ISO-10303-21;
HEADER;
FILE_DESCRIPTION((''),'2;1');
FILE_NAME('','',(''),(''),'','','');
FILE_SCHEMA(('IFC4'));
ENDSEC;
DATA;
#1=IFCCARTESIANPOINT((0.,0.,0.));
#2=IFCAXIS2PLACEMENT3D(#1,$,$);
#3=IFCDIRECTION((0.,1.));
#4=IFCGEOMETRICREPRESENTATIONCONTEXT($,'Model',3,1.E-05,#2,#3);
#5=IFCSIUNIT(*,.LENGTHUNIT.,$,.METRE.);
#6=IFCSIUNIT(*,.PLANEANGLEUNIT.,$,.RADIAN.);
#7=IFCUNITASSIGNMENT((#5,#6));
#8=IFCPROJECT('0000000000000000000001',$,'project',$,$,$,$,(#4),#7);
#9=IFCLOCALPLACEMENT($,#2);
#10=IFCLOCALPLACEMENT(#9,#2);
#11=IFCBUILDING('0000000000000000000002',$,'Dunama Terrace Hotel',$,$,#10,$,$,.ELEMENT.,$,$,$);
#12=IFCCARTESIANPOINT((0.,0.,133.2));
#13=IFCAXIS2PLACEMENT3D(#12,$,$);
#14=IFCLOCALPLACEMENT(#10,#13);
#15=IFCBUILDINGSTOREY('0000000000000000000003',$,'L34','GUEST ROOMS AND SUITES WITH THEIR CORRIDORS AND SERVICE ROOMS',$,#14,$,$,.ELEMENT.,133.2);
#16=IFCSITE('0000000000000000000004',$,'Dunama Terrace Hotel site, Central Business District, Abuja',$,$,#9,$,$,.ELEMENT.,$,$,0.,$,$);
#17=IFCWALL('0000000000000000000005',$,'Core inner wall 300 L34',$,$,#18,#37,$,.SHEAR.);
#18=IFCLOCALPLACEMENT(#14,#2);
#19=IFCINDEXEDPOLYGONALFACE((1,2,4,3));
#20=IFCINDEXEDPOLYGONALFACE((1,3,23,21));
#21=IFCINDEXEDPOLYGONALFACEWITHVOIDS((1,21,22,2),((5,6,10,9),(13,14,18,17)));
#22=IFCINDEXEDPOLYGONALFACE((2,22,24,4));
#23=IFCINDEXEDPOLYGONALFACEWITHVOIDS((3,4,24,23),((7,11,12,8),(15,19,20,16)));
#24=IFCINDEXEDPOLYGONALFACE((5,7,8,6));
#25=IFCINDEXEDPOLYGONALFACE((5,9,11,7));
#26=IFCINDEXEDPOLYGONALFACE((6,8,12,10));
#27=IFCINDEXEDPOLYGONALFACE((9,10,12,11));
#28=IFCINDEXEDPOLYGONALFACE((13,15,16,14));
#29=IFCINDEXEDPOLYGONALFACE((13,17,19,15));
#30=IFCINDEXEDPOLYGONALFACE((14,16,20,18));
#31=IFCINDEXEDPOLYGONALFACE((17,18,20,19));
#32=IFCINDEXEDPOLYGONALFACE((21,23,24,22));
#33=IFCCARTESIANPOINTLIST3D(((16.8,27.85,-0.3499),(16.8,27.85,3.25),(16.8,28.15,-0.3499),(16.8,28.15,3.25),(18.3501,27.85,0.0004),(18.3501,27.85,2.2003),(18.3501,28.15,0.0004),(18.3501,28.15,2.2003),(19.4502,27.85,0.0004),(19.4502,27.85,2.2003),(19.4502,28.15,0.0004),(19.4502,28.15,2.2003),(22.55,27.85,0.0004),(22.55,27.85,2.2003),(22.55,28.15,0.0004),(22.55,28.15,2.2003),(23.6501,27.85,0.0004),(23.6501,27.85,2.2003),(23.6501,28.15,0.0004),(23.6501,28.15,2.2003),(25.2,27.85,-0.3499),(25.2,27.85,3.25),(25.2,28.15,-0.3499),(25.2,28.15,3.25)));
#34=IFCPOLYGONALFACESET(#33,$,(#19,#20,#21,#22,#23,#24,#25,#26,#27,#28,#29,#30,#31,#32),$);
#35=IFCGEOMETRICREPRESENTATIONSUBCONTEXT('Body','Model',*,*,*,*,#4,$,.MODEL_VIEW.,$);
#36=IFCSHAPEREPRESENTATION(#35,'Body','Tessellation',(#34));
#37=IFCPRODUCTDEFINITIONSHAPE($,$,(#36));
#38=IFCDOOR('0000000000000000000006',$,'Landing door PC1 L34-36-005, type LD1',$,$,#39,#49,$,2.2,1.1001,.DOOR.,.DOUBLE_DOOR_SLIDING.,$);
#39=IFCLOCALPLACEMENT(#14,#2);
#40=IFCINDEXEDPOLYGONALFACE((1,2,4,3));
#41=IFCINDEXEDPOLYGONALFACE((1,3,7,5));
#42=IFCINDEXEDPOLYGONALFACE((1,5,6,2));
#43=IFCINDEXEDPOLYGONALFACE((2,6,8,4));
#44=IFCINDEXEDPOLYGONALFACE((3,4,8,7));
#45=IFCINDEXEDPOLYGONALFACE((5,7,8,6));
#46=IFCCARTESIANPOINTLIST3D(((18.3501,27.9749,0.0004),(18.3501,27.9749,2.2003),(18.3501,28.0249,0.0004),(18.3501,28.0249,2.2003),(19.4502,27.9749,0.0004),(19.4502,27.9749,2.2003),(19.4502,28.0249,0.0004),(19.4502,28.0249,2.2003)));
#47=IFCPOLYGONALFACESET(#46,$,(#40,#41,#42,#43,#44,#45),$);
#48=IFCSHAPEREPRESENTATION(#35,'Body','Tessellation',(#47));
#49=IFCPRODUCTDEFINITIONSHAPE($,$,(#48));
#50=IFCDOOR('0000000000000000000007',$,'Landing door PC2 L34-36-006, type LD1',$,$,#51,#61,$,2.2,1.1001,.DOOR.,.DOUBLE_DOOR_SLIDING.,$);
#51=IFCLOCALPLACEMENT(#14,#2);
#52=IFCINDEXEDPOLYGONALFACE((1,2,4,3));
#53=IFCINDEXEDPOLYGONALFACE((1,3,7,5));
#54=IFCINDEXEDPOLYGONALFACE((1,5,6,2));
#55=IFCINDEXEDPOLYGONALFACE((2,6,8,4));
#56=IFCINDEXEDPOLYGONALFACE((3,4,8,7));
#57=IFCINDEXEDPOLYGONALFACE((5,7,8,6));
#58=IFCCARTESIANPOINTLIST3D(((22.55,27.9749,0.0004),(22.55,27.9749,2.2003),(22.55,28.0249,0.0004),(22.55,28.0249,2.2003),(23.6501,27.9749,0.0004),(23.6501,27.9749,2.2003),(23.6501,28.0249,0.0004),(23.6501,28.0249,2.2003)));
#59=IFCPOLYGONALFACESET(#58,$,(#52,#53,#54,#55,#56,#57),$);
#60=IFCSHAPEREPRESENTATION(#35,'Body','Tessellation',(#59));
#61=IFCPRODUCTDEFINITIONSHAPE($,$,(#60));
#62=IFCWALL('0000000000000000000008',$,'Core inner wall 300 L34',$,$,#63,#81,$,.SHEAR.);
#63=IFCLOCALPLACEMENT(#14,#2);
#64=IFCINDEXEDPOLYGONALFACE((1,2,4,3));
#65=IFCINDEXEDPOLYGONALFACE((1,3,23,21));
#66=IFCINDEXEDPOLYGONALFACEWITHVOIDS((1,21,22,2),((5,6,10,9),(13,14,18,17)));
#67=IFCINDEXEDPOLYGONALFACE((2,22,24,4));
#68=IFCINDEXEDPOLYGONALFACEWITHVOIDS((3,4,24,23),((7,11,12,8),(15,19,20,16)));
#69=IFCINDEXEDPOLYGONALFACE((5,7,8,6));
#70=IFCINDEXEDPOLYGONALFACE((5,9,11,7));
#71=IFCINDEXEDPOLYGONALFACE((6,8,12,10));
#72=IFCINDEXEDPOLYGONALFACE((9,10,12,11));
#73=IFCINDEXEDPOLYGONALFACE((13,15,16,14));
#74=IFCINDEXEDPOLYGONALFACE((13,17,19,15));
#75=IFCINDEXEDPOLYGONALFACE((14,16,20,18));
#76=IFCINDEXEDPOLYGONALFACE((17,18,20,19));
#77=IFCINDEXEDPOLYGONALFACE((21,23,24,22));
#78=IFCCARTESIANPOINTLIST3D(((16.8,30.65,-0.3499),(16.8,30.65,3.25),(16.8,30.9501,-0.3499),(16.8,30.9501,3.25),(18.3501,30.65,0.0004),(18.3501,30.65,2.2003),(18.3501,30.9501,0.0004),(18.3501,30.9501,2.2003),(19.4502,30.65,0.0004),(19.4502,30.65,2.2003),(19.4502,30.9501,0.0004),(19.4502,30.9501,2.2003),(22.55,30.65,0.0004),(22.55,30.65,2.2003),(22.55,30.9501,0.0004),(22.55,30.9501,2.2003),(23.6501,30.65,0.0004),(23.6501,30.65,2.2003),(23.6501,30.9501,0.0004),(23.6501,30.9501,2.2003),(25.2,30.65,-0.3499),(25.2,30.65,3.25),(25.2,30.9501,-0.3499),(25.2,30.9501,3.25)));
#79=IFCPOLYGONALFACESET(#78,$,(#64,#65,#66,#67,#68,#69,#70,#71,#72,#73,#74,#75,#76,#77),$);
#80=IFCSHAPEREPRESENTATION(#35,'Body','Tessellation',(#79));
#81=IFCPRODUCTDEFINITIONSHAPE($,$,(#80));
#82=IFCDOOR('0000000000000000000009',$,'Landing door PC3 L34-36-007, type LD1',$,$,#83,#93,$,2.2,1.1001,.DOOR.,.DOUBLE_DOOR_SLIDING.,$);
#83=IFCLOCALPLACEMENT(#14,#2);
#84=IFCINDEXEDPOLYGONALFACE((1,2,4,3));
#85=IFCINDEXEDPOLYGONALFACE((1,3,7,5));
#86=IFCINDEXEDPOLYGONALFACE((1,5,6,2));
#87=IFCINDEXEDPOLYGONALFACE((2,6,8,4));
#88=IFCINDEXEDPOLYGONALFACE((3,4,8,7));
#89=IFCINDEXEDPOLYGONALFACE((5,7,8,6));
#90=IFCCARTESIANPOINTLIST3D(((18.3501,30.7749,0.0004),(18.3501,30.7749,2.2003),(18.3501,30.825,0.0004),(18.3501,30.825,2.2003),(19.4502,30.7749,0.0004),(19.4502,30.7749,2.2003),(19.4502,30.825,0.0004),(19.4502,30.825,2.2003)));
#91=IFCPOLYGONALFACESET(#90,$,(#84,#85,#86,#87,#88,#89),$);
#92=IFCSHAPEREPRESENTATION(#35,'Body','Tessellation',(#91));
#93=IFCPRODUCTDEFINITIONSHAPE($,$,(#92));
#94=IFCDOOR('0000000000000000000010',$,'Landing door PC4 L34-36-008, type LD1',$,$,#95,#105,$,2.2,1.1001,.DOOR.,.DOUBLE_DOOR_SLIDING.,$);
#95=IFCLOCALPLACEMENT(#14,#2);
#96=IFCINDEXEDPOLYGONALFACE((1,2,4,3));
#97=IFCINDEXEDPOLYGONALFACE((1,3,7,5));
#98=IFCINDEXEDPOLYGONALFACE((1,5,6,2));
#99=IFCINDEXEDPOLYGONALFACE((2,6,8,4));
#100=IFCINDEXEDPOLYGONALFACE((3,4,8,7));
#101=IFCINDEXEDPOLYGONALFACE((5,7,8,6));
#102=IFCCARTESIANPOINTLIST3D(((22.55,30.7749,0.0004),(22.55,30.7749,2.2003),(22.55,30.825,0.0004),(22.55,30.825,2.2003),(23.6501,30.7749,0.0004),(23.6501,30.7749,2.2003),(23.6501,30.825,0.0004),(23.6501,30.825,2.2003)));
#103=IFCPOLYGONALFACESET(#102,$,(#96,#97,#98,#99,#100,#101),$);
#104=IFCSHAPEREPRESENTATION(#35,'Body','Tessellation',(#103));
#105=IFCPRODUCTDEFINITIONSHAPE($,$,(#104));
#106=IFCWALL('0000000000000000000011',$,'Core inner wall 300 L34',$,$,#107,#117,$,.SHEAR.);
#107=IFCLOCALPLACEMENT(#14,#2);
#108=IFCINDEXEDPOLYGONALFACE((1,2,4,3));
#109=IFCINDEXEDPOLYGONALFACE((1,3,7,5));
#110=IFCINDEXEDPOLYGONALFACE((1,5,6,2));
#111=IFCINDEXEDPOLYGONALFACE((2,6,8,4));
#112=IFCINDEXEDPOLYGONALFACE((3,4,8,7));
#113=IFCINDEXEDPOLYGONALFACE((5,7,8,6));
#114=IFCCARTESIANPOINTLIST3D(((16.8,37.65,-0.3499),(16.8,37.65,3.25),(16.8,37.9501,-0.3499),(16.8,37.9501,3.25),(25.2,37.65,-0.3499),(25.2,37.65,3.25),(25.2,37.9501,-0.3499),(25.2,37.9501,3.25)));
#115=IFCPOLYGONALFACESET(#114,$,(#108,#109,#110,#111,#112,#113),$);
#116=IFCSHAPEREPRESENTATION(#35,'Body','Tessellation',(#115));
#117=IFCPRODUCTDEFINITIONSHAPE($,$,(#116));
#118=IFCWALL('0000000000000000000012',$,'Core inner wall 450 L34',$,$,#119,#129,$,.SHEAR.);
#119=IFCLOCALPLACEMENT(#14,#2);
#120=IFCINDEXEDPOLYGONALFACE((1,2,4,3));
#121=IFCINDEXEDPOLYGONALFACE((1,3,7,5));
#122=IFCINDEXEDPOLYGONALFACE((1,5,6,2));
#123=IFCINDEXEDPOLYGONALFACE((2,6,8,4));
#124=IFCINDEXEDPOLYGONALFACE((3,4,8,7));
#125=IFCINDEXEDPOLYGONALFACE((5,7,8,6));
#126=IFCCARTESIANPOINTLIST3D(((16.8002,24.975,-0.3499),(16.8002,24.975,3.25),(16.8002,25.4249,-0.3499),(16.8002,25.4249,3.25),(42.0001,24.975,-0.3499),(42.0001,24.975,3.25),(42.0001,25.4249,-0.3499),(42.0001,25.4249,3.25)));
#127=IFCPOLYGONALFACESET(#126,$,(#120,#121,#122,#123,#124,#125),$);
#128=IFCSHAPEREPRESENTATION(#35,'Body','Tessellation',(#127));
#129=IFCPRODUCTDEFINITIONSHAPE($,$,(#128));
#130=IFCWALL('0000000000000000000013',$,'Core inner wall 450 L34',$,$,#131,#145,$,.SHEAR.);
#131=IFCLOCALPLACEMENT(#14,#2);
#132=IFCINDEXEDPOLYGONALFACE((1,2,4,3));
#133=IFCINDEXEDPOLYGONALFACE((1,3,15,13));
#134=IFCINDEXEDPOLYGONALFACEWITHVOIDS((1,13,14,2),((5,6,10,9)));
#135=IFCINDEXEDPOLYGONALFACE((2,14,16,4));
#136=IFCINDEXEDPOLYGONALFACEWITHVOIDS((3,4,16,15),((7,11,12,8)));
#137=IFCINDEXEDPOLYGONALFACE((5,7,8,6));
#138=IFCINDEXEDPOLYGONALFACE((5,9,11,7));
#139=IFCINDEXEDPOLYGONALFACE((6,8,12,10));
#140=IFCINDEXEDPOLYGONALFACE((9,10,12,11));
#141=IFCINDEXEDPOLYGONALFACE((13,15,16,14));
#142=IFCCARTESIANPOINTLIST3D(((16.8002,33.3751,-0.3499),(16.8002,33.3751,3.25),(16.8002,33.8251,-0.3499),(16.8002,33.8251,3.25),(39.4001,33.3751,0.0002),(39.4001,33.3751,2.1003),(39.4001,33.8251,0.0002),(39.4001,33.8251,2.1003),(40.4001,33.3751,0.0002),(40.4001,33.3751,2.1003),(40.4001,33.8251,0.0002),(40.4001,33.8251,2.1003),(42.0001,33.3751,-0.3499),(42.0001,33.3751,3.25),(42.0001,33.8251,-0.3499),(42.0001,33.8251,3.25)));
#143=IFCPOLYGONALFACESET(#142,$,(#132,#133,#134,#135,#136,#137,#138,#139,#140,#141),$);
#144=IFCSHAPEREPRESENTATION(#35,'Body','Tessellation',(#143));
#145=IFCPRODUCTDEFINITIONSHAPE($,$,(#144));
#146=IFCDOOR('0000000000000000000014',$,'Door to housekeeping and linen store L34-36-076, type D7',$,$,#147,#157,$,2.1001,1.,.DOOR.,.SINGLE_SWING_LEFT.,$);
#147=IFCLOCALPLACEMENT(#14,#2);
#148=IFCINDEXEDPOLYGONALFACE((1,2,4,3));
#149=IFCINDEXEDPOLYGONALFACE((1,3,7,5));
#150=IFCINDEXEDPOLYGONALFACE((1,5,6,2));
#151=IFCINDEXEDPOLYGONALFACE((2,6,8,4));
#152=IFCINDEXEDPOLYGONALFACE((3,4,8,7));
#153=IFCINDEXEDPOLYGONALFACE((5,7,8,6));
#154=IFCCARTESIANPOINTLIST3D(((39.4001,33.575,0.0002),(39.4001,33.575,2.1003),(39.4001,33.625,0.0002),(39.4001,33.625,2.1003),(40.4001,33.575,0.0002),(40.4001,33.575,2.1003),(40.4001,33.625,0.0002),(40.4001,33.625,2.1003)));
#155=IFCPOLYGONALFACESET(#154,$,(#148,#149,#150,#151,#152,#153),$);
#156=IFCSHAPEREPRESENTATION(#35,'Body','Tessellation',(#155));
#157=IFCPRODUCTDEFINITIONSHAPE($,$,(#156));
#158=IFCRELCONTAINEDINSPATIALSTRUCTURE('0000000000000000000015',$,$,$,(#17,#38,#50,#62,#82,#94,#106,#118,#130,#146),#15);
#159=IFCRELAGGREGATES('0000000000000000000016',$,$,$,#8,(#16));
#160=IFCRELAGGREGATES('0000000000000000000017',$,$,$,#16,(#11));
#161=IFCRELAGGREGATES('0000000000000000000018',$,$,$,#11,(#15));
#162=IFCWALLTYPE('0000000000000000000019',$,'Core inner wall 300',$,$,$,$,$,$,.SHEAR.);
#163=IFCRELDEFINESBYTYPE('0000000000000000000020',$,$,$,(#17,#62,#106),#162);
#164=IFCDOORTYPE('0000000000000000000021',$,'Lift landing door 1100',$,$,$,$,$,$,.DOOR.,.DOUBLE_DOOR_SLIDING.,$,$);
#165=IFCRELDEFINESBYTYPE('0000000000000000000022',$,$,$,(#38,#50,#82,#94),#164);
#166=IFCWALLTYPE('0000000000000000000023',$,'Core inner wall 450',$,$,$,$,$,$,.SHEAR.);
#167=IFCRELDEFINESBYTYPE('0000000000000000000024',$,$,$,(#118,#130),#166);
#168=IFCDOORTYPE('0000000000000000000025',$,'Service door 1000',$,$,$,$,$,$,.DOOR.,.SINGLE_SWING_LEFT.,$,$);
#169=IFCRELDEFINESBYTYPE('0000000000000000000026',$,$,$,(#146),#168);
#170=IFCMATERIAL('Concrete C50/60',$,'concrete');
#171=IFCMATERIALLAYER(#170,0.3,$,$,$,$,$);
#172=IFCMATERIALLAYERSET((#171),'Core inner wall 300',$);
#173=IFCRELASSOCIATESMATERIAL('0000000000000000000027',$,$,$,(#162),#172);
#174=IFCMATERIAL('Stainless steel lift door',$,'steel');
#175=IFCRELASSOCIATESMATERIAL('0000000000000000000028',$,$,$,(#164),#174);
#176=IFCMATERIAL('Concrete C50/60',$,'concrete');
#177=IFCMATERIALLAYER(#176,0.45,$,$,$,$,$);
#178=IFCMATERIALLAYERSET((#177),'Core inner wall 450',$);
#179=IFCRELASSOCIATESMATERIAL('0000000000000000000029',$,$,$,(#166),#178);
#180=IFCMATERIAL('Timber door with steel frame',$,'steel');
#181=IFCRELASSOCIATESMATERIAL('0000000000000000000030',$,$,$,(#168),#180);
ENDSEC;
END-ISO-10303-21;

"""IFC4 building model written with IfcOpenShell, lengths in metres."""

from ifc_helpers import new_model, si_unit, direction, frame, frame_2d, origin, place, context, subcontext, project, spatial, rectangle, extrude, material, layer, layer_set, type_object, element, fill, save


model = new_model("IFC4")

# Units and contexts
model_context = context("Model", 3, precision=1e-05, world=origin(), true_north=direction((0.0, 1.0)))
body_context = subcontext(model_context, "Body", "Model", "MODEL_VIEW")
ifc_project = project(units=[si_unit("LENGTHUNIT", "METRE"), si_unit("PLANEANGLEUNIT", "RADIAN")], contexts=[model_context])

# Site, building, storey
site_placement = place(None, origin())
site = spatial("IfcSite", under=ifc_project, at=site_placement, Name="Dunama Terrace Hotel site, Central Business District, Abuja", CompositionType="ELEMENT", RefElevation=0.0)
building_placement = place(site_placement, origin())
building = spatial("IfcBuilding", under=site, at=building_placement, Name="Dunama Terrace Hotel", CompositionType="ELEMENT")
storey_placement = place(building_placement, frame((0.0, 0.0, 133.2)))
storey = spatial("IfcBuildingStorey", under=building, at=storey_placement, Name="L34", Description="GUEST ROOMS AND SUITES WITH THEIR CORRIDORS AND SERVICE ROOMS", CompositionType="ELEMENT", Elevation=133.2)

# Shared definitions
ifc_material_1 = material(Name="Concrete C50/60", Category="concrete")
ifc_layer_1 = layer(ifc_material_1, 0.3)
ifc_layer_set_1 = layer_set([ifc_layer_1], Name="Core inner wall 300")
wall_type_1 = type_object("IfcWallType", Name="Core inner wall 300", PredefinedType="SHEAR", material=ifc_layer_set_1)

# Walls, openings, doors
wall_1_placement = place(storey_placement, frame((16.8, 28.0, -0.3499), z_axis=(0.0, 0.0, 1.0), x_axis=(1.0, 0.0, 0.0)))
wall_1 = element("IfcWall", 1, at=wall_1_placement, inside=storey, type_object=wall_type_1, Name="Core inner wall 300 L34", PredefinedType="SHEAR", context=body_context, shape_type="SweptSolid", body=[
    extrude(rectangle(XDim=8.3999, YDim=0.3, at=frame_2d((4.2, 0.0))), origin(), (0.0, 0.0, 1.0), 3.5999),
])
opening_1_placement = place(wall_1_placement, frame((1.55, 0.0, 0.3501)))
opening_1 = element("IfcOpeningElement", 2, at=opening_1_placement, cuts=wall_1, PredefinedType="OPENING", context=body_context, shape_type="SweptSolid", body=[
    extrude(rectangle(XDim=1.1001, YDim=2.2, at=frame_2d((0.55, 1.1001))), frame((0.0, 0.1599, 0.0), z_axis=(0.0, -1.0, 0.0), x_axis=(1.0, 0.0, 0.0)), (0.0, 0.0, 1.0), 0.3201),
])
opening_2_placement = place(wall_1_placement, frame((5.75, 0.0, 0.3501)))
opening_2 = element("IfcOpeningElement", 3, at=opening_2_placement, cuts=wall_1, PredefinedType="OPENING", context=body_context, shape_type="SweptSolid", body=[
    extrude(rectangle(XDim=1.1001, YDim=2.2, at=frame_2d((0.55, 1.1001))), frame((0.0, 0.1599, 0.0), z_axis=(0.0, -1.0, 0.0), x_axis=(1.0, 0.0, 0.0)), (0.0, 0.0, 1.0), 0.3201),
])
ifc_material_2 = material(Name="Stainless steel lift door", Category="steel")
door_type_1 = type_object("IfcDoorType", Name="Lift landing door 1100", OperationType="DOUBLE_DOOR_SLIDING", PredefinedType="DOOR", material=ifc_material_2)
door_1_placement = place(opening_1_placement, origin())
door_1 = element("IfcDoor", 4, at=door_1_placement, inside=storey, type_object=door_type_1, Name="Landing door PC1 L34-36-005, type LD1", OperationType="DOUBLE_DOOR_SLIDING", OverallHeight=2.2, OverallWidth=1.1001, PredefinedType="DOOR", context=body_context, shape_type="SweptSolid", body=[
    extrude(rectangle(XDim=1.1001, YDim=2.2, at=frame_2d((0.55, 1.1001))), frame((0.0, 0.0249, 0.0), z_axis=(0.0, -1.0, 0.0), x_axis=(1.0, 0.0, 0.0)), (0.0, 0.0, 1.0), 0.05),
])
fill(opening_1, door_1)
door_2_placement = place(opening_2_placement, origin())
door_2 = element("IfcDoor", 5, at=door_2_placement, inside=storey, type_object=door_type_1, Name="Landing door PC2 L34-36-006, type LD1", OperationType="DOUBLE_DOOR_SLIDING", OverallHeight=2.2, OverallWidth=1.1001, PredefinedType="DOOR", context=body_context, shape_type="SweptSolid", body=[
    extrude(rectangle(XDim=1.1001, YDim=2.2, at=frame_2d((0.55, 1.1001))), frame((0.0, 0.0249, 0.0), z_axis=(0.0, -1.0, 0.0), x_axis=(1.0, 0.0, 0.0)), (0.0, 0.0, 1.0), 0.05),
])
fill(opening_2, door_2)
wall_2_placement = place(storey_placement, frame((16.8, 30.8, -0.3499), z_axis=(0.0, 0.0, 1.0), x_axis=(1.0, 0.0, 0.0)))
wall_2 = element("IfcWall", 6, at=wall_2_placement, inside=storey, type_object=wall_type_1, Name="Core inner wall 300 L34", PredefinedType="SHEAR", context=body_context, shape_type="SweptSolid", body=[
    extrude(rectangle(XDim=8.3999, YDim=0.3, at=frame_2d((4.2, 0.0))), origin(), (0.0, 0.0, 1.0), 3.5999),
])
opening_3_placement = place(wall_2_placement, frame((1.55, 0.0, 0.3501)))
opening_3 = element("IfcOpeningElement", 7, at=opening_3_placement, cuts=wall_2, PredefinedType="OPENING", context=body_context, shape_type="SweptSolid", body=[
    extrude(rectangle(XDim=1.1001, YDim=2.2, at=frame_2d((0.55, 1.1001))), frame((0.0, 0.1599, 0.0), z_axis=(0.0, -1.0, 0.0), x_axis=(1.0, 0.0, 0.0)), (0.0, 0.0, 1.0), 0.3201),
])
opening_4_placement = place(wall_2_placement, frame((5.75, 0.0, 0.3501)))
opening_4 = element("IfcOpeningElement", 8, at=opening_4_placement, cuts=wall_2, PredefinedType="OPENING", context=body_context, shape_type="SweptSolid", body=[
    extrude(rectangle(XDim=1.1001, YDim=2.2, at=frame_2d((0.55, 1.1001))), frame((0.0, 0.1599, 0.0), z_axis=(0.0, -1.0, 0.0), x_axis=(1.0, 0.0, 0.0)), (0.0, 0.0, 1.0), 0.3201),
])
door_3_placement = place(opening_3_placement, origin())
door_3 = element("IfcDoor", 9, at=door_3_placement, inside=storey, type_object=door_type_1, Name="Landing door PC3 L34-36-007, type LD1", OperationType="DOUBLE_DOOR_SLIDING", OverallHeight=2.2, OverallWidth=1.1001, PredefinedType="DOOR", context=body_context, shape_type="SweptSolid", body=[
    extrude(rectangle(XDim=1.1001, YDim=2.2, at=frame_2d((0.55, 1.1001))), frame((0.0, 0.0249, 0.0), z_axis=(0.0, -1.0, 0.0), x_axis=(1.0, 0.0, 0.0)), (0.0, 0.0, 1.0), 0.05),
])
fill(opening_3, door_3)
door_4_placement = place(opening_4_placement, origin())
door_4 = element("IfcDoor", 10, at=door_4_placement, inside=storey, type_object=door_type_1, Name="Landing door PC4 L34-36-008, type LD1", OperationType="DOUBLE_DOOR_SLIDING", OverallHeight=2.2, OverallWidth=1.1001, PredefinedType="DOOR", context=body_context, shape_type="SweptSolid", body=[
    extrude(rectangle(XDim=1.1001, YDim=2.2, at=frame_2d((0.55, 1.1001))), frame((0.0, 0.0249, 0.0), z_axis=(0.0, -1.0, 0.0), x_axis=(1.0, 0.0, 0.0)), (0.0, 0.0, 1.0), 0.05),
])
fill(opening_4, door_4)

# Walls
wall_3_placement = place(storey_placement, frame((16.8, 37.8, -0.3499), z_axis=(0.0, 0.0, 1.0), x_axis=(1.0, 0.0, 0.0)))
element("IfcWall", 11, at=wall_3_placement, inside=storey, type_object=wall_type_1, Name="Core inner wall 300 L34", PredefinedType="SHEAR", context=body_context, shape_type="SweptSolid", body=[
    extrude(rectangle(XDim=8.3999, YDim=0.3, at=frame_2d((4.2, 0.0))), origin(), (0.0, 0.0, 1.0), 3.5999),
])
ifc_material_3 = material(Name="Concrete C50/60", Category="concrete")
ifc_layer_2 = layer(ifc_material_3, 0.45)
ifc_layer_set_2 = layer_set([ifc_layer_2], Name="Core inner wall 450")
wall_type_2 = type_object("IfcWallType", Name="Core inner wall 450", PredefinedType="SHEAR", material=ifc_layer_set_2)
wall_4_placement = place(storey_placement, frame((16.8, 25.2, -0.3499), z_axis=(0.0, 0.0, 1.0), x_axis=(1.0, 0.0, 0.0)))
element("IfcWall", 12, at=wall_4_placement, inside=storey, type_object=wall_type_2, Name="Core inner wall 450 L34", PredefinedType="SHEAR", context=body_context, shape_type="SweptSolid", body=[
    extrude(rectangle(XDim=25.2, YDim=0.45, at=frame_2d((12.6001, 0.0))), origin(), (0.0, 0.0, 1.0), 3.5999),
])

# Wall, opening, door
wall_5_placement = place(storey_placement, frame((16.8, 33.6001, -0.3499), z_axis=(0.0, 0.0, 1.0), x_axis=(1.0, 0.0, 0.0)))
wall_5 = element("IfcWall", 13, at=wall_5_placement, inside=storey, type_object=wall_type_2, Name="Core inner wall 450 L34", PredefinedType="SHEAR", context=body_context, shape_type="SweptSolid", body=[
    extrude(rectangle(XDim=25.2, YDim=0.45, at=frame_2d((12.6001, 0.0))), origin(), (0.0, 0.0, 1.0), 3.5999),
])
opening_5_placement = place(wall_5_placement, frame((22.6001, 0.0, 0.3501)))
opening_5 = element("IfcOpeningElement", 14, at=opening_5_placement, cuts=wall_5, PredefinedType="OPENING", context=body_context, shape_type="SweptSolid", body=[
    extrude(rectangle(XDim=1.0, YDim=2.1001, at=frame_2d((0.5, 1.05))), frame((0.0, 0.2349, 0.0), z_axis=(0.0, -1.0, 0.0), x_axis=(1.0, 0.0, 0.0)), (0.0, 0.0, 1.0), 0.47),
])
ifc_material_4 = material(Name="Timber door with steel frame", Category="steel")
door_type_2 = type_object("IfcDoorType", Name="Service door 1000", OperationType="SINGLE_SWING_LEFT", PredefinedType="DOOR", material=ifc_material_4)
door_5_placement = place(opening_5_placement, frame((1.0, 0.0, 0.0), z_axis=(0.0, 0.0, 1.0), x_axis=(-1.0, 0.0, 0.0)))
door_5 = element("IfcDoor", 15, at=door_5_placement, inside=storey, type_object=door_type_2, Name="Door to housekeeping and linen store L34-36-076, type D7", OperationType="SINGLE_SWING_LEFT", OverallHeight=2.1001, OverallWidth=1.0, PredefinedType="DOOR", context=body_context, shape_type="SweptSolid", body=[
    extrude(rectangle(XDim=1.0, YDim=2.1001, at=frame_2d((0.5, 1.05))), frame((0.0, 0.0251, 0.0), z_axis=(0.0, -1.0, 0.0), x_axis=(1.0, 0.0, 0.0)), (0.0, 0.0, 1.0), 0.05),
])
fill(opening_5, door_5)

save(model, "model.ifc")
